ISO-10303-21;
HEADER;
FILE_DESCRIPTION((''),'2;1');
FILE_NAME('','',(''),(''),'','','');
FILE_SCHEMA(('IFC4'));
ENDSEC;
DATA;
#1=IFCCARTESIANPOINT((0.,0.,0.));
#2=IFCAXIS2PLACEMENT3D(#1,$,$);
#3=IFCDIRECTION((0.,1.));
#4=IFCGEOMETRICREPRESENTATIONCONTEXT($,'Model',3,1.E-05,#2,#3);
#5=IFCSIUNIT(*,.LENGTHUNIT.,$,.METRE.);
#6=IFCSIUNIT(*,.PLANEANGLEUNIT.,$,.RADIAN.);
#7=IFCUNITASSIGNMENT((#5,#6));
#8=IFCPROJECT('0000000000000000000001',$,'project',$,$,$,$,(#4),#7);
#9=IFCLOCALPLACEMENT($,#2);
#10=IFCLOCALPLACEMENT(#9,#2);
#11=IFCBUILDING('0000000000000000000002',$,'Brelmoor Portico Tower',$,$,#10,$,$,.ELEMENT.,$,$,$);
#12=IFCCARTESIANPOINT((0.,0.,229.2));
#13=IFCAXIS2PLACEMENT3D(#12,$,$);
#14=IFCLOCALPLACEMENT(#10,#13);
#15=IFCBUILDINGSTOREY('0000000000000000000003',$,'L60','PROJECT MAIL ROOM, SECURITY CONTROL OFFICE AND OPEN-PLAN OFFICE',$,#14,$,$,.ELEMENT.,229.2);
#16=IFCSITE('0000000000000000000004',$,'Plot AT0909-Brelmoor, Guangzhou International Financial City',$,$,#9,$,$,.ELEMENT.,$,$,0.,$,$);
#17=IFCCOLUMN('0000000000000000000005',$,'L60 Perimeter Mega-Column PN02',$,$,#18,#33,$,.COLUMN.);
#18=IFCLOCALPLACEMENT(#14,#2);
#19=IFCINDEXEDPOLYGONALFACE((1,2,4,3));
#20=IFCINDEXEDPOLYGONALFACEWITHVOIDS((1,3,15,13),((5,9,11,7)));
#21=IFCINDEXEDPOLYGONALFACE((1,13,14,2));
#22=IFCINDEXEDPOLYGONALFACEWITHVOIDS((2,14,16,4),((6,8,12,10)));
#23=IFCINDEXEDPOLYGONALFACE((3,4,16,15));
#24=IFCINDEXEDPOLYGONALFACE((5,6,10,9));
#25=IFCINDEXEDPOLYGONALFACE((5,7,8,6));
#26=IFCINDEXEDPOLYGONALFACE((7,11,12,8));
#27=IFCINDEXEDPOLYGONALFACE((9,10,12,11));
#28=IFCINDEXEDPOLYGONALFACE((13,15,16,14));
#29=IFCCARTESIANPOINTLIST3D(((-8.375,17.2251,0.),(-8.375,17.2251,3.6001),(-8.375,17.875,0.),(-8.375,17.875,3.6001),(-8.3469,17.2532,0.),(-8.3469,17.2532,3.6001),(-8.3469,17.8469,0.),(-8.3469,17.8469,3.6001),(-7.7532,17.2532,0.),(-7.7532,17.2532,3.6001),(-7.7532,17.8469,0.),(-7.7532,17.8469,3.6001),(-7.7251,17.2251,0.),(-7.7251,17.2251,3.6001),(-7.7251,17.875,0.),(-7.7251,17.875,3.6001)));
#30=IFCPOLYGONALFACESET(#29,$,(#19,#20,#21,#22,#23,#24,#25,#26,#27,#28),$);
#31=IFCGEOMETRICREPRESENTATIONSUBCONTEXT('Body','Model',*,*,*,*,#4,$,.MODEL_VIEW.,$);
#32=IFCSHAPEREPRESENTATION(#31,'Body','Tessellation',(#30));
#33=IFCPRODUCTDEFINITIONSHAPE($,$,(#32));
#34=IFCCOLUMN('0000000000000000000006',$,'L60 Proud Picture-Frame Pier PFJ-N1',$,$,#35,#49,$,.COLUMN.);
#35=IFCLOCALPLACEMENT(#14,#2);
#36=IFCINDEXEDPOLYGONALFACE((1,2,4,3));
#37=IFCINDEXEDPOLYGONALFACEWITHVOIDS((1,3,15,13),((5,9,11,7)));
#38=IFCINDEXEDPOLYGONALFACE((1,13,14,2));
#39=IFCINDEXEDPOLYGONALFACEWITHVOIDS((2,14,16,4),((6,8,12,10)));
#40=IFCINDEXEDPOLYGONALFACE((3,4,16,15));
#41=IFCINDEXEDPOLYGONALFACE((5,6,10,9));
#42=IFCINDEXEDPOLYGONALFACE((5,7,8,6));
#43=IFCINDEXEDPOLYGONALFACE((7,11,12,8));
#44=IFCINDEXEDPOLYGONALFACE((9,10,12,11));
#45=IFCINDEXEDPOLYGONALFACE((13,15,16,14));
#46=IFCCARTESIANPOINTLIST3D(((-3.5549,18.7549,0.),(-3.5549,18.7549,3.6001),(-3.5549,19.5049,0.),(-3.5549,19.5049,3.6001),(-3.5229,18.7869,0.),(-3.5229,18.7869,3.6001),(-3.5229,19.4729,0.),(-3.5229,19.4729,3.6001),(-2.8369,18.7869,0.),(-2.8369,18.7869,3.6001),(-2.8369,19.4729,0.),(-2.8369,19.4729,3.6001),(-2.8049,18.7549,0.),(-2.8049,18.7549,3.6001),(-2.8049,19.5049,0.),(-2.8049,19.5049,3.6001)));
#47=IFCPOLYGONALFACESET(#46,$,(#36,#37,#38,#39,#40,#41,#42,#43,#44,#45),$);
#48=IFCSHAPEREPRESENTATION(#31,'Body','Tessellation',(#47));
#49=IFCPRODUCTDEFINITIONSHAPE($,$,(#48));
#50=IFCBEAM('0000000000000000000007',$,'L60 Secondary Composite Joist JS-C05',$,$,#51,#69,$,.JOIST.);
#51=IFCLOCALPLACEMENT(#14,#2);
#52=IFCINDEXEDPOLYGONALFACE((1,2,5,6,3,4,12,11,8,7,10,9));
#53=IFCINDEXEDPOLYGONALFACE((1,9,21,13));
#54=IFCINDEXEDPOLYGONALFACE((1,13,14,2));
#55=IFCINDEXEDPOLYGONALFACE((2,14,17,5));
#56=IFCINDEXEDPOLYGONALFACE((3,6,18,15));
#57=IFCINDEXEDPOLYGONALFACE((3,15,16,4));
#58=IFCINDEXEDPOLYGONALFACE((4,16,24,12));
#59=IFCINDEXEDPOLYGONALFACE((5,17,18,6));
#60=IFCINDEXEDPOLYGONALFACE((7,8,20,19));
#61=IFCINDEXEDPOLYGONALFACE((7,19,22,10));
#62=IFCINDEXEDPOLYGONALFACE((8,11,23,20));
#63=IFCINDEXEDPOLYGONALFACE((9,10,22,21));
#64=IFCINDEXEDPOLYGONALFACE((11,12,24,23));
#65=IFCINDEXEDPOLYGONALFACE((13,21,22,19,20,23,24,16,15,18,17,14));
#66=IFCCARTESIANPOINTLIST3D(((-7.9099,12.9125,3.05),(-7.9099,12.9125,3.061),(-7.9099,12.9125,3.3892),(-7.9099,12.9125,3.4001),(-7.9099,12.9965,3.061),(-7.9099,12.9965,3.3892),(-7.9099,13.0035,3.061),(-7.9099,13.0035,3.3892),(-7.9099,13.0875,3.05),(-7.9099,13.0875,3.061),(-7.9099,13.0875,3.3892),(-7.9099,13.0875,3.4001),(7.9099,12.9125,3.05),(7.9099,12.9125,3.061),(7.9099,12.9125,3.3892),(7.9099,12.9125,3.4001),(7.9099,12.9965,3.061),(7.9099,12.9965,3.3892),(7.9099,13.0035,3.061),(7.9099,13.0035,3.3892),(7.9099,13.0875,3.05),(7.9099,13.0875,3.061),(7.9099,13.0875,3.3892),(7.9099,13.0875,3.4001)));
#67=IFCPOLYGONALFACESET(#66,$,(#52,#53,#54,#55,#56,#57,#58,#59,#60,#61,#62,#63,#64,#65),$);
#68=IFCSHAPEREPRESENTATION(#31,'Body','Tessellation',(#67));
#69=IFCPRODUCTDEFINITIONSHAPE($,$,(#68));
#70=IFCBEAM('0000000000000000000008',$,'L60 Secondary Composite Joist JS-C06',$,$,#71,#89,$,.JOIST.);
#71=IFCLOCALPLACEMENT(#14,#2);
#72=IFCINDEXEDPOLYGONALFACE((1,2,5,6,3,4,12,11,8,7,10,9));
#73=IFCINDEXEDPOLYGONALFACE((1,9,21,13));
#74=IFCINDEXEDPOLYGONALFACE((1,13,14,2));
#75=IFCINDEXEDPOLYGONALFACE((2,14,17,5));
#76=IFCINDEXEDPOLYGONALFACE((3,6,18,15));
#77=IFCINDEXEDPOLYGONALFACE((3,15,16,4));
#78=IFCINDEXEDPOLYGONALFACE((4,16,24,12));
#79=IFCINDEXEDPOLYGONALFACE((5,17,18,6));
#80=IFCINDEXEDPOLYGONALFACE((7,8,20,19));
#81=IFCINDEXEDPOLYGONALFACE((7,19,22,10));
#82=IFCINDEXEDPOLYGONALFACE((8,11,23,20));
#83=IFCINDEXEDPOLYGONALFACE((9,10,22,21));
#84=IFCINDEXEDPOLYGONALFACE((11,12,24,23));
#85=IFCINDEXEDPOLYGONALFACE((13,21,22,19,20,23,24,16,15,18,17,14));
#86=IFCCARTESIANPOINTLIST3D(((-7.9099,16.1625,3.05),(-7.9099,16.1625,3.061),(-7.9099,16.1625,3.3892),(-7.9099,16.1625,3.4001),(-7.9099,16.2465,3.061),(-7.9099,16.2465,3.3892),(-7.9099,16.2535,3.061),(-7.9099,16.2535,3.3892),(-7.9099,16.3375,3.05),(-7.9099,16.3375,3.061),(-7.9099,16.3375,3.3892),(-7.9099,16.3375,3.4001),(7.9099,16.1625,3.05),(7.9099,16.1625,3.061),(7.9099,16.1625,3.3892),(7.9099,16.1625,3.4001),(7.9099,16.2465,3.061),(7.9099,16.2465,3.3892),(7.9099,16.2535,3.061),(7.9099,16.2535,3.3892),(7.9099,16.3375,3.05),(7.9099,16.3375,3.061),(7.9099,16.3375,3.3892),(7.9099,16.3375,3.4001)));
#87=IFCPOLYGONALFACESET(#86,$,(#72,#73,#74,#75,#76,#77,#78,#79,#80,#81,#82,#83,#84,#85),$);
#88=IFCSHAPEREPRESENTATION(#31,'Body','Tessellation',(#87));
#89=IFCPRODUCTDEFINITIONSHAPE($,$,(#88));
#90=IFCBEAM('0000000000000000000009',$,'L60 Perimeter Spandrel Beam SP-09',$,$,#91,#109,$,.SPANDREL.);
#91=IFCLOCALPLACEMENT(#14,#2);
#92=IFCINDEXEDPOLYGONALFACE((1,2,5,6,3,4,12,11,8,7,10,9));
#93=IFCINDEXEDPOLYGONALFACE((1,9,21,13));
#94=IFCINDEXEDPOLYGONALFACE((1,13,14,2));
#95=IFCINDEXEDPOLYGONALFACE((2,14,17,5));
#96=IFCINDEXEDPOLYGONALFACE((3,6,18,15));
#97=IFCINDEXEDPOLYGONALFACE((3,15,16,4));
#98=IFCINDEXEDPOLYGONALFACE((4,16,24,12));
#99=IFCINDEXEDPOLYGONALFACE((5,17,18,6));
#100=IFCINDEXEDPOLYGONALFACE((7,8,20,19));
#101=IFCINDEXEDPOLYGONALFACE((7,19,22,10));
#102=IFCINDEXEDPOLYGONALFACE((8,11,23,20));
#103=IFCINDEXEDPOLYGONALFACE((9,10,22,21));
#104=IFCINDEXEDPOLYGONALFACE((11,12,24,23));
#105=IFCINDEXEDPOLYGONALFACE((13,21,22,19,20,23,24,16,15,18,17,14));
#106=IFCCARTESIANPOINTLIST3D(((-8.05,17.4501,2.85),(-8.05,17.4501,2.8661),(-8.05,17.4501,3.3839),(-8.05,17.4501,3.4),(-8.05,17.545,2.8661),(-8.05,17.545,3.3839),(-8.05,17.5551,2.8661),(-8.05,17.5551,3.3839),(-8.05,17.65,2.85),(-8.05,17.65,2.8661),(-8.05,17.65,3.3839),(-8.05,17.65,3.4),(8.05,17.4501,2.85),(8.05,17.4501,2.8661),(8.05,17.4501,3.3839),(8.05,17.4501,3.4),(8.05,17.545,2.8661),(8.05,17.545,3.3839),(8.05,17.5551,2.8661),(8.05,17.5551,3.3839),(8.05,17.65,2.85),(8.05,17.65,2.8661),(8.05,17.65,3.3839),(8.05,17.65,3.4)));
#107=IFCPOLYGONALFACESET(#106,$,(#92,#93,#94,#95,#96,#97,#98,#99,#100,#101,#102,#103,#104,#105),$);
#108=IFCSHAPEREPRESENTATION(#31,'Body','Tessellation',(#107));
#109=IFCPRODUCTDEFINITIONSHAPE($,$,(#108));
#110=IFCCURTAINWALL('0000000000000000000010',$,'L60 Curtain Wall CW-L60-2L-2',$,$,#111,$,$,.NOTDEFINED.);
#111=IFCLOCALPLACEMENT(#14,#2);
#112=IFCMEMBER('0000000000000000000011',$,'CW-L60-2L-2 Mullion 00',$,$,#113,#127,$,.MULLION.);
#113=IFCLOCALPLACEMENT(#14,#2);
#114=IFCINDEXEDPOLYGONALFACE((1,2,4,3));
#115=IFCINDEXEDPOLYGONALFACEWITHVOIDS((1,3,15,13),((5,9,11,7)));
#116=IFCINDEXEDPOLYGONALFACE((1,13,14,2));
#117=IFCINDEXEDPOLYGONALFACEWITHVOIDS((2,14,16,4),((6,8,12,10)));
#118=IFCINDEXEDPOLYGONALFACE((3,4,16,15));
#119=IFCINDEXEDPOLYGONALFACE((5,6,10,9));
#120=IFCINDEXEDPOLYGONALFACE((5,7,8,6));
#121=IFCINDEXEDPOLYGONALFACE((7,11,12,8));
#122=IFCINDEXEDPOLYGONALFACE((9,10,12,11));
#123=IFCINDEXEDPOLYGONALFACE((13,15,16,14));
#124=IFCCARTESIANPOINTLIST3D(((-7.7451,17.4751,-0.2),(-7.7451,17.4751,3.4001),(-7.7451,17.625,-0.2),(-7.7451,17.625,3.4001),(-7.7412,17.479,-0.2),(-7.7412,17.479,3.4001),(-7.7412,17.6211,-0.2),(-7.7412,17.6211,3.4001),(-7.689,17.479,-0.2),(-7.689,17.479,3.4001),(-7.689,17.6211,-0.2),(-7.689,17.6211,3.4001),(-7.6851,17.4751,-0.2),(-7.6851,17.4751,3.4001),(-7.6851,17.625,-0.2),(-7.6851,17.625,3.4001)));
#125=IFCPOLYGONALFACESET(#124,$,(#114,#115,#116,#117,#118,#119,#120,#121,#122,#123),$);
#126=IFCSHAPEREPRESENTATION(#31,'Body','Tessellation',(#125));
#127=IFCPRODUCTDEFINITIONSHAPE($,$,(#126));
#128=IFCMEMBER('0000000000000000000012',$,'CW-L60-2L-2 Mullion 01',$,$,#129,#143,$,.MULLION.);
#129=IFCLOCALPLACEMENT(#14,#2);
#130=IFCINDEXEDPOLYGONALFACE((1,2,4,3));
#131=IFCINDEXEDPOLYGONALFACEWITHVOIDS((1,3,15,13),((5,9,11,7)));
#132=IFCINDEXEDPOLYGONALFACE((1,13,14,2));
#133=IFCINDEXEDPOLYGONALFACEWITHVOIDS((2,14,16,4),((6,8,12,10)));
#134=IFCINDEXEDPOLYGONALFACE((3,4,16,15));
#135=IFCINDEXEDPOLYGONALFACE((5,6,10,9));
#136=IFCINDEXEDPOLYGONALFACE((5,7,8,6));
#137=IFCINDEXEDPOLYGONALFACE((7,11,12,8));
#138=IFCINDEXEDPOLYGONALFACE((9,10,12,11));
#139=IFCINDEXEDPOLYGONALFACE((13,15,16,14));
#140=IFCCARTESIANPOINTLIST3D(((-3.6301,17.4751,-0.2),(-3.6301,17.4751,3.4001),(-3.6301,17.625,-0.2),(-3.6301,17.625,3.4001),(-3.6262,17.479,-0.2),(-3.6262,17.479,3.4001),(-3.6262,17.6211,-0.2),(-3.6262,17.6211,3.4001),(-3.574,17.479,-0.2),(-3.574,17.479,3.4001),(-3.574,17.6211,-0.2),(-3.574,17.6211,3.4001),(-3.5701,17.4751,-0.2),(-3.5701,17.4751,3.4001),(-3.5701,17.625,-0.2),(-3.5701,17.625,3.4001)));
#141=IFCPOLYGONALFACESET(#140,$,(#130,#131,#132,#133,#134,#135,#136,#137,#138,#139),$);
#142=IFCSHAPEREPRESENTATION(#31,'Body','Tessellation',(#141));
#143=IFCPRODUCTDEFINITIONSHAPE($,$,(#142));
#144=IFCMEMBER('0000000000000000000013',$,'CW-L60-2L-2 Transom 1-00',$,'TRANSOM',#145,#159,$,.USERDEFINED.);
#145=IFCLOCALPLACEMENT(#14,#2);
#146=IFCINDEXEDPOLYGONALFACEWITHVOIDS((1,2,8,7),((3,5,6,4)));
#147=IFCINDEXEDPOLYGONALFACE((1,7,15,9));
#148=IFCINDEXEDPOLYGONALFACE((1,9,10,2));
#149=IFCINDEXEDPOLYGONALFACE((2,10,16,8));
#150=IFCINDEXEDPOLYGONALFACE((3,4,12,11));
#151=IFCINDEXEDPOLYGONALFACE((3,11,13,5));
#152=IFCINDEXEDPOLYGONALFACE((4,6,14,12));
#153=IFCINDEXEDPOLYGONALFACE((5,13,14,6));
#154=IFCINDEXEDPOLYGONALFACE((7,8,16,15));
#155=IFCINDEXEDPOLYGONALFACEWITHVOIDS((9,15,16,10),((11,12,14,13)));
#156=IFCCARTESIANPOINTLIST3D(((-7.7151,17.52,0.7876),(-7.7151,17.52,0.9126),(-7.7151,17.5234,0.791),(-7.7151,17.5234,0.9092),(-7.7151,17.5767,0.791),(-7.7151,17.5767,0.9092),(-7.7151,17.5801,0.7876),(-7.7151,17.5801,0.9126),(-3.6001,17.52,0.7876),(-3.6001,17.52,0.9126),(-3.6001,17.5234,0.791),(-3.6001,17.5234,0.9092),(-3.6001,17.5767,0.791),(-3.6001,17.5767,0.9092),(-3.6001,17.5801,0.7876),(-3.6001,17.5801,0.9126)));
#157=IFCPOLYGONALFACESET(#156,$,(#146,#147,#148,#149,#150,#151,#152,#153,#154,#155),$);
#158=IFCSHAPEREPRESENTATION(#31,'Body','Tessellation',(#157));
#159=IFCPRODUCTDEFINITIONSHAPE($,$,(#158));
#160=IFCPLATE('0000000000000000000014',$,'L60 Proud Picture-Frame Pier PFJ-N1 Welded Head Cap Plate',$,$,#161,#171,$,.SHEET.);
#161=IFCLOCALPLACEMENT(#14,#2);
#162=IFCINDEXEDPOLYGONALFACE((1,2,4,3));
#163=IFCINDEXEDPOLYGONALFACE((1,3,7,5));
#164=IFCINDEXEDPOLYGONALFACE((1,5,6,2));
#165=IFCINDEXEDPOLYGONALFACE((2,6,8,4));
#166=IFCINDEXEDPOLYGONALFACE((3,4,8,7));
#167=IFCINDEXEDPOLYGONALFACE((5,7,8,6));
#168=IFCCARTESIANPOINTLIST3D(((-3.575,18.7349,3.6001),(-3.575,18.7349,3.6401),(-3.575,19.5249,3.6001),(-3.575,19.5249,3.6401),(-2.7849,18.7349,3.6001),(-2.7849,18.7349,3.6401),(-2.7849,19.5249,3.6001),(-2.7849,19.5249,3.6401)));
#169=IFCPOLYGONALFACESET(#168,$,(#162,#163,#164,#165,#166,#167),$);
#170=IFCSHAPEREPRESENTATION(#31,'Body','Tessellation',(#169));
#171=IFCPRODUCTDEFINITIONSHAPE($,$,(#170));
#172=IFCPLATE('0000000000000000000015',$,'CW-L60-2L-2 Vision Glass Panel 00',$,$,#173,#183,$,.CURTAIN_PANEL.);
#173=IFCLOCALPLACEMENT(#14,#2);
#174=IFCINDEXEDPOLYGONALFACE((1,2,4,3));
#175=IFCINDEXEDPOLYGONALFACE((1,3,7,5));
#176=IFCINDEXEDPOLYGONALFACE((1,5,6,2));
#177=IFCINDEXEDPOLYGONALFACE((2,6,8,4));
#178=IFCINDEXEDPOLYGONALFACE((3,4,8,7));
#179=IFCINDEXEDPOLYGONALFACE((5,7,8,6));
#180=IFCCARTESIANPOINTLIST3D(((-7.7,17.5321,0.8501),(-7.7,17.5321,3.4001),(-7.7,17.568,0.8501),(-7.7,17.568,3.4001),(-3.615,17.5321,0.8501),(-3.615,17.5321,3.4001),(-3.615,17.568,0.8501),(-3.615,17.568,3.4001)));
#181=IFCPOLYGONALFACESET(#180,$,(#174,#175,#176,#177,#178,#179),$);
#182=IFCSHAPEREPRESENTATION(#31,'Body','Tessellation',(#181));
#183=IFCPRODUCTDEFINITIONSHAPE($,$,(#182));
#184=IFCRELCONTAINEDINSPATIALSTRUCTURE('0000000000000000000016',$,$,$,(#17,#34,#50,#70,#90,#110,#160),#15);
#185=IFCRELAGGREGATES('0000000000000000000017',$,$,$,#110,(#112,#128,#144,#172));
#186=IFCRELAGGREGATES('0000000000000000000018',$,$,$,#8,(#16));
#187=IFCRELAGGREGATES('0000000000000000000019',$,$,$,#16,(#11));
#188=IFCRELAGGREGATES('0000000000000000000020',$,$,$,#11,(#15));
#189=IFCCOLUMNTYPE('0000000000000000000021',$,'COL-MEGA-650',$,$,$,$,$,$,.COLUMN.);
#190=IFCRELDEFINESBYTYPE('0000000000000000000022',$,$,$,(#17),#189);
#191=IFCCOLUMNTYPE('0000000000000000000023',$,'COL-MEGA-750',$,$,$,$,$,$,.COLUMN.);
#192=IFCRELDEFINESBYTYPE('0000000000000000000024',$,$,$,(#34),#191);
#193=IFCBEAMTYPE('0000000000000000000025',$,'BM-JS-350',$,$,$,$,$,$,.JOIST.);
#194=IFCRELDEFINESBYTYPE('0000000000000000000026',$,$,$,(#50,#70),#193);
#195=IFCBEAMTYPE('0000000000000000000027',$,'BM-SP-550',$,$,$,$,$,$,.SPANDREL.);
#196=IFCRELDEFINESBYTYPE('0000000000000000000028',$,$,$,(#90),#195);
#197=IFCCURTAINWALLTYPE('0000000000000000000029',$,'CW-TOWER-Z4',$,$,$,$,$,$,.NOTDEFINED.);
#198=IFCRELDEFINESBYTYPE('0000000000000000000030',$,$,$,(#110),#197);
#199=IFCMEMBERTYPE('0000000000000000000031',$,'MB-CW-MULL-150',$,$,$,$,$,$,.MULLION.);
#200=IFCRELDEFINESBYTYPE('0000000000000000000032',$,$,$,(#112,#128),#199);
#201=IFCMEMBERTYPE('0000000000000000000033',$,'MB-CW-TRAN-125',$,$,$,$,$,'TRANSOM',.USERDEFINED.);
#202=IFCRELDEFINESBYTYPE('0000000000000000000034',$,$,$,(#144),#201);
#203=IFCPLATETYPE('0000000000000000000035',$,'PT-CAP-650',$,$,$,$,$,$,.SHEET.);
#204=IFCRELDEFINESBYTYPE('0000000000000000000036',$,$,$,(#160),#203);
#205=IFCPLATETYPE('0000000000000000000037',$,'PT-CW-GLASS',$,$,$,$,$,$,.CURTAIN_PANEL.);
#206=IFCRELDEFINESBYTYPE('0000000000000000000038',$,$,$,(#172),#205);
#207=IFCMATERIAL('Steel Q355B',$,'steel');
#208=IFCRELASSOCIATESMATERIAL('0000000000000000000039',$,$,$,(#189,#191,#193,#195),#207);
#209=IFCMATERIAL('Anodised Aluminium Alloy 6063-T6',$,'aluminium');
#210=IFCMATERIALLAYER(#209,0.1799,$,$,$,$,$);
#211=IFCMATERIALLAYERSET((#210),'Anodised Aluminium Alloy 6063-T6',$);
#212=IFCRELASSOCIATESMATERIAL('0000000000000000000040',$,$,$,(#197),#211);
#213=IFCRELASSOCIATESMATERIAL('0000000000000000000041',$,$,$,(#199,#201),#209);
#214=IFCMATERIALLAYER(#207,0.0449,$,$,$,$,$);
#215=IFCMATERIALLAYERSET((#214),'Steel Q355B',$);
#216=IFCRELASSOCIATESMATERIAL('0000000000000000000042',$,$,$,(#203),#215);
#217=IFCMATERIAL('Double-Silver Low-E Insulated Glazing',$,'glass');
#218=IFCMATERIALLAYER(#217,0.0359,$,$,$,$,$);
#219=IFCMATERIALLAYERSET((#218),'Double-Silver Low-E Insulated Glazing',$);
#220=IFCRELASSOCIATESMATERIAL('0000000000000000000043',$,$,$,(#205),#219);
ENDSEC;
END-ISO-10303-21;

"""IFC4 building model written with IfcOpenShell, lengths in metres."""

from ifc_helpers import new_model, si_unit, direction, frame, origin, origin_2d, place, context, subcontext, project, spatial, rectangle, hollow_rectangle, i_section, extrude, material, layer, layer_set, material_profile, profile_set, type_object, element, aggregate, save


model = new_model("IFC4")

# Units and contexts
model_context = context("Model", 3, precision=1e-05, world=origin(), true_north=direction((0.0, 1.0)))
body_context = subcontext(model_context, "Body", "Model", "MODEL_VIEW")
ifc_project = project(units=[si_unit("LENGTHUNIT", "METRE"), si_unit("PLANEANGLEUNIT", "RADIAN")], contexts=[model_context])

# Site, building, storey
site_placement = place(None, origin())
site = spatial("IfcSite", under=ifc_project, at=site_placement, Name="Plot AT0909-Brelmoor, Guangzhou International Financial City", CompositionType="ELEMENT", RefElevation=0.0)
building_placement = place(site_placement, origin())
building = spatial("IfcBuilding", under=site, at=building_placement, Name="Brelmoor Portico Tower", CompositionType="ELEMENT")
storey_placement = place(building_placement, frame((0.0, 0.0, 229.2)))
storey = spatial("IfcBuildingStorey", under=building, at=storey_placement, Name="L60", Description="PROJECT MAIL ROOM, SECURITY CONTROL OFFICE AND OPEN-PLAN OFFICE", CompositionType="ELEMENT", Elevation=229.2)

# Columns
ifc_material_1 = material(Name="Steel Q355B", Category="steel")
ifc_material_profile_1 = material_profile(ifc_material_1, hollow_rectangle(XDim=0.6499, YDim=0.6499, WallThickness=0.0281, at=origin_2d()), Name="BOX 650x650x28")
ifc_profile_set_1 = profile_set([ifc_material_profile_1], Name="Steel Q355B")
column_type_1 = type_object("IfcColumnType", Name="COL-MEGA-650", PredefinedType="COLUMN", material=ifc_profile_set_1)
column_1_placement = place(storey_placement, frame((-8.05, 17.55, 0.0), z_axis=(0.0, 0.0, 1.0), x_axis=(1.0, 0.0, 0.0)))
element("IfcColumn", 1, at=column_1_placement, inside=storey, type_object=column_type_1, Name="L60 Perimeter Mega-Column PN02", PredefinedType="COLUMN", context=body_context, shape_type="SweptSolid", body=[
    extrude(hollow_rectangle(XDim=0.6499, YDim=0.6499, WallThickness=0.0281, at=origin_2d()), origin(), (0.0, 0.0, 1.0), 3.6001),
])
ifc_material_profile_2 = material_profile(ifc_material_1, hollow_rectangle(XDim=0.75, YDim=0.75, WallThickness=0.032, at=origin_2d()), Name="BOX 750x750x32")
ifc_profile_set_2 = profile_set([ifc_material_profile_2], Name="Steel Q355B")
column_type_2 = type_object("IfcColumnType", Name="COL-MEGA-750", PredefinedType="COLUMN", material=ifc_profile_set_2)
column_2_placement = place(storey_placement, frame((-3.1799, 19.1299, 0.0), z_axis=(0.0, 0.0, 1.0), x_axis=(1.0, 0.0, 0.0)))
element("IfcColumn", 2, at=column_2_placement, inside=storey, type_object=column_type_2, Name="L60 Proud Picture-Frame Pier PFJ-N1", PredefinedType="COLUMN", context=body_context, shape_type="SweptSolid", body=[
    extrude(hollow_rectangle(XDim=0.75, YDim=0.75, WallThickness=0.032, at=origin_2d()), origin(), (0.0, 0.0, 1.0), 3.6001),
])

# Beams
ifc_material_profile_3 = material_profile(ifc_material_1, i_section(OverallWidth=0.175, OverallDepth=0.3501, WebThickness=0.0071, FlangeThickness=0.011, at=origin_2d()), Name="HN 350x175x7x11")
ifc_profile_set_3 = profile_set([ifc_material_profile_3], Name="Steel Q355B")
beam_type_1 = type_object("IfcBeamType", Name="BM-JS-350", PredefinedType="JOIST", material=ifc_profile_set_3)
for number, where, z_axis, x_axis, name in (
    (3, (-7.9099, 13.0, 3.2251), (1.0, 0.0, 0.0), (0.0, 1.0, 0.0), "L60 Secondary Composite Joist JS-C05"),
    (4, (-7.9099, 16.25, 3.2251), (1.0, 0.0, 0.0), (0.0, 1.0, 0.0), "L60 Secondary Composite Joist JS-C06"),
):
    element("IfcBeam", number, at=place(storey_placement, frame(where, z_axis=z_axis, x_axis=x_axis)), inside=storey, type_object=beam_type_1, Name=name, PredefinedType="JOIST", context=body_context, shape_type="SweptSolid", body=[
        extrude(i_section(OverallWidth=0.175, OverallDepth=0.3501, WebThickness=0.0071, FlangeThickness=0.011, at=origin_2d()), origin(), (0.0, 0.0, 1.0), 15.8198),
    ])
ifc_material_profile_4 = material_profile(ifc_material_1, i_section(OverallWidth=0.2, OverallDepth=0.55, WebThickness=0.01, FlangeThickness=0.0161, at=origin_2d()), Name="HN 550x200x10x16")
ifc_profile_set_4 = profile_set([ifc_material_profile_4], Name="Steel Q355B")
beam_type_2 = type_object("IfcBeamType", Name="BM-SP-550", PredefinedType="SPANDREL", material=ifc_profile_set_4)
beam_placement = place(storey_placement, frame((-8.05, 17.55, 3.125), z_axis=(1.0, 0.0, 0.0), x_axis=(0.0, 1.0, 0.0)))
element("IfcBeam", 5, at=beam_placement, inside=storey, type_object=beam_type_2, Name="L60 Perimeter Spandrel Beam SP-09", PredefinedType="SPANDREL", context=body_context, shape_type="SweptSolid", body=[
    extrude(i_section(OverallWidth=0.2, OverallDepth=0.55, WebThickness=0.01, FlangeThickness=0.0161, at=origin_2d()), origin(), (0.0, 0.0, 1.0), 16.1001),
])

# Curtain wall, members
ifc_material_2 = material(Name="Anodised Aluminium Alloy 6063-T6", Category="aluminium")
ifc_layer_1 = layer(ifc_material_2, 0.1799)
ifc_layer_set_1 = layer_set([ifc_layer_1], Name="Anodised Aluminium Alloy 6063-T6")
curtain_wall_type = type_object("IfcCurtainWallType", Name="CW-TOWER-Z4", PredefinedType="NOTDEFINED", material=ifc_layer_set_1)
curtain_wall_placement = place(storey_placement, origin())
curtain_wall = element("IfcCurtainWall", 6, at=curtain_wall_placement, inside=storey, type_object=curtain_wall_type, Name="L60 Curtain Wall CW-L60-2L-2", PredefinedType="NOTDEFINED")
ifc_material_profile_5 = material_profile(ifc_material_2, hollow_rectangle(XDim=0.0601, YDim=0.1499, WallThickness=0.0039, at=origin_2d()), Name="ALU MULLION 60x150")
ifc_profile_set_5 = profile_set([ifc_material_profile_5], Name="Anodised Aluminium Alloy 6063-T6")
member_type_1 = type_object("IfcMemberType", Name="MB-CW-MULL-150", PredefinedType="MULLION", material=ifc_profile_set_5)
member_1_placement = place(storey_placement, frame((-7.7151, 17.55, -0.2), z_axis=(0.0, 0.0, 1.0), x_axis=(1.0, 0.0, 0.0)))
member_1 = element("IfcMember", 7, at=member_1_placement, type_object=member_type_1, Name="CW-L60-2L-2 Mullion 00", PredefinedType="MULLION", context=body_context, shape_type="SweptSolid", body=[
    extrude(hollow_rectangle(XDim=0.0601, YDim=0.1499, WallThickness=0.0039, at=origin_2d()), origin(), (0.0, 0.0, 1.0), 3.6001),
])
member_2_placement = place(storey_placement, frame((-3.6001, 17.55, -0.2), z_axis=(0.0, 0.0, 1.0), x_axis=(1.0, 0.0, 0.0)))
member_2 = element("IfcMember", 8, at=member_2_placement, type_object=member_type_1, Name="CW-L60-2L-2 Mullion 01", PredefinedType="MULLION", context=body_context, shape_type="SweptSolid", body=[
    extrude(hollow_rectangle(XDim=0.0601, YDim=0.1499, WallThickness=0.0039, at=origin_2d()), origin(), (0.0, 0.0, 1.0), 3.6001),
])
ifc_material_profile_6 = material_profile(ifc_material_2, hollow_rectangle(XDim=0.0601, YDim=0.125, WallThickness=0.0034, at=origin_2d()), Name="ALU TRANSOM 60x125")
ifc_profile_set_6 = profile_set([ifc_material_profile_6], Name="Anodised Aluminium Alloy 6063-T6")
member_type_2 = type_object("IfcMemberType", Name="MB-CW-TRAN-125", ElementType="TRANSOM", PredefinedType="USERDEFINED", material=ifc_profile_set_6)
member_3_placement = place(storey_placement, frame((-7.7151, 17.55, 0.8501), z_axis=(1.0, 0.0, 0.0), x_axis=(0.0, 1.0, 0.0)))
member_3 = element("IfcMember", 9, at=member_3_placement, type_object=member_type_2, Name="CW-L60-2L-2 Transom 1-00", ObjectType="TRANSOM", PredefinedType="USERDEFINED", context=body_context, shape_type="SweptSolid", body=[
    extrude(hollow_rectangle(XDim=0.0601, YDim=0.125, WallThickness=0.0034, at=origin_2d()), origin(), (0.0, 0.0, 1.0), 4.115),
])

# Plates
ifc_layer_2 = layer(ifc_material_1, 0.0449)
ifc_layer_set_2 = layer_set([ifc_layer_2], Name="Steel Q355B")
plate_type_1 = type_object("IfcPlateType", Name="PT-CAP-650", PredefinedType="SHEET", material=ifc_layer_set_2)
plate_1_placement = place(storey_placement, frame((-3.1799, 19.1299, 3.6001), z_axis=(0.0, 0.0, 1.0), x_axis=(1.0, 0.0, 0.0)))
element("IfcPlate", 10, at=plate_1_placement, inside=storey, type_object=plate_type_1, Name="L60 Proud Picture-Frame Pier PFJ-N1 Welded Head Cap Plate", PredefinedType="SHEET", context=body_context, shape_type="SweptSolid", body=[
    extrude(rectangle(XDim=0.79, YDim=0.79, at=origin_2d()), origin(), (0.0, 0.0, 1.0), 0.04),
])
ifc_material_3 = material(Name="Double-Silver Low-E Insulated Glazing", Category="glass")
ifc_layer_3 = layer(ifc_material_3, 0.0359)
ifc_layer_set_3 = layer_set([ifc_layer_3], Name="Double-Silver Low-E Insulated Glazing")
plate_type_2 = type_object("IfcPlateType", Name="PT-CW-GLASS", PredefinedType="CURTAIN_PANEL", material=ifc_layer_set_3)
plate_2_placement = place(storey_placement, frame((-5.6575, 17.55, 0.8501), z_axis=(0.0, 0.0, 1.0), x_axis=(1.0, 0.0, 0.0)))
plate_2 = element("IfcPlate", 11, at=plate_2_placement, type_object=plate_type_2, Name="CW-L60-2L-2 Vision Glass Panel 00", PredefinedType="CURTAIN_PANEL", context=body_context, shape_type="SweptSolid", body=[
    extrude(rectangle(XDim=4.085, YDim=0.0359, at=origin_2d()), origin(), (0.0, 0.0, 1.0), 2.55),
])
aggregate(curtain_wall, [member_1, member_2, member_3, plate_2])

save(model, "model.ifc")
